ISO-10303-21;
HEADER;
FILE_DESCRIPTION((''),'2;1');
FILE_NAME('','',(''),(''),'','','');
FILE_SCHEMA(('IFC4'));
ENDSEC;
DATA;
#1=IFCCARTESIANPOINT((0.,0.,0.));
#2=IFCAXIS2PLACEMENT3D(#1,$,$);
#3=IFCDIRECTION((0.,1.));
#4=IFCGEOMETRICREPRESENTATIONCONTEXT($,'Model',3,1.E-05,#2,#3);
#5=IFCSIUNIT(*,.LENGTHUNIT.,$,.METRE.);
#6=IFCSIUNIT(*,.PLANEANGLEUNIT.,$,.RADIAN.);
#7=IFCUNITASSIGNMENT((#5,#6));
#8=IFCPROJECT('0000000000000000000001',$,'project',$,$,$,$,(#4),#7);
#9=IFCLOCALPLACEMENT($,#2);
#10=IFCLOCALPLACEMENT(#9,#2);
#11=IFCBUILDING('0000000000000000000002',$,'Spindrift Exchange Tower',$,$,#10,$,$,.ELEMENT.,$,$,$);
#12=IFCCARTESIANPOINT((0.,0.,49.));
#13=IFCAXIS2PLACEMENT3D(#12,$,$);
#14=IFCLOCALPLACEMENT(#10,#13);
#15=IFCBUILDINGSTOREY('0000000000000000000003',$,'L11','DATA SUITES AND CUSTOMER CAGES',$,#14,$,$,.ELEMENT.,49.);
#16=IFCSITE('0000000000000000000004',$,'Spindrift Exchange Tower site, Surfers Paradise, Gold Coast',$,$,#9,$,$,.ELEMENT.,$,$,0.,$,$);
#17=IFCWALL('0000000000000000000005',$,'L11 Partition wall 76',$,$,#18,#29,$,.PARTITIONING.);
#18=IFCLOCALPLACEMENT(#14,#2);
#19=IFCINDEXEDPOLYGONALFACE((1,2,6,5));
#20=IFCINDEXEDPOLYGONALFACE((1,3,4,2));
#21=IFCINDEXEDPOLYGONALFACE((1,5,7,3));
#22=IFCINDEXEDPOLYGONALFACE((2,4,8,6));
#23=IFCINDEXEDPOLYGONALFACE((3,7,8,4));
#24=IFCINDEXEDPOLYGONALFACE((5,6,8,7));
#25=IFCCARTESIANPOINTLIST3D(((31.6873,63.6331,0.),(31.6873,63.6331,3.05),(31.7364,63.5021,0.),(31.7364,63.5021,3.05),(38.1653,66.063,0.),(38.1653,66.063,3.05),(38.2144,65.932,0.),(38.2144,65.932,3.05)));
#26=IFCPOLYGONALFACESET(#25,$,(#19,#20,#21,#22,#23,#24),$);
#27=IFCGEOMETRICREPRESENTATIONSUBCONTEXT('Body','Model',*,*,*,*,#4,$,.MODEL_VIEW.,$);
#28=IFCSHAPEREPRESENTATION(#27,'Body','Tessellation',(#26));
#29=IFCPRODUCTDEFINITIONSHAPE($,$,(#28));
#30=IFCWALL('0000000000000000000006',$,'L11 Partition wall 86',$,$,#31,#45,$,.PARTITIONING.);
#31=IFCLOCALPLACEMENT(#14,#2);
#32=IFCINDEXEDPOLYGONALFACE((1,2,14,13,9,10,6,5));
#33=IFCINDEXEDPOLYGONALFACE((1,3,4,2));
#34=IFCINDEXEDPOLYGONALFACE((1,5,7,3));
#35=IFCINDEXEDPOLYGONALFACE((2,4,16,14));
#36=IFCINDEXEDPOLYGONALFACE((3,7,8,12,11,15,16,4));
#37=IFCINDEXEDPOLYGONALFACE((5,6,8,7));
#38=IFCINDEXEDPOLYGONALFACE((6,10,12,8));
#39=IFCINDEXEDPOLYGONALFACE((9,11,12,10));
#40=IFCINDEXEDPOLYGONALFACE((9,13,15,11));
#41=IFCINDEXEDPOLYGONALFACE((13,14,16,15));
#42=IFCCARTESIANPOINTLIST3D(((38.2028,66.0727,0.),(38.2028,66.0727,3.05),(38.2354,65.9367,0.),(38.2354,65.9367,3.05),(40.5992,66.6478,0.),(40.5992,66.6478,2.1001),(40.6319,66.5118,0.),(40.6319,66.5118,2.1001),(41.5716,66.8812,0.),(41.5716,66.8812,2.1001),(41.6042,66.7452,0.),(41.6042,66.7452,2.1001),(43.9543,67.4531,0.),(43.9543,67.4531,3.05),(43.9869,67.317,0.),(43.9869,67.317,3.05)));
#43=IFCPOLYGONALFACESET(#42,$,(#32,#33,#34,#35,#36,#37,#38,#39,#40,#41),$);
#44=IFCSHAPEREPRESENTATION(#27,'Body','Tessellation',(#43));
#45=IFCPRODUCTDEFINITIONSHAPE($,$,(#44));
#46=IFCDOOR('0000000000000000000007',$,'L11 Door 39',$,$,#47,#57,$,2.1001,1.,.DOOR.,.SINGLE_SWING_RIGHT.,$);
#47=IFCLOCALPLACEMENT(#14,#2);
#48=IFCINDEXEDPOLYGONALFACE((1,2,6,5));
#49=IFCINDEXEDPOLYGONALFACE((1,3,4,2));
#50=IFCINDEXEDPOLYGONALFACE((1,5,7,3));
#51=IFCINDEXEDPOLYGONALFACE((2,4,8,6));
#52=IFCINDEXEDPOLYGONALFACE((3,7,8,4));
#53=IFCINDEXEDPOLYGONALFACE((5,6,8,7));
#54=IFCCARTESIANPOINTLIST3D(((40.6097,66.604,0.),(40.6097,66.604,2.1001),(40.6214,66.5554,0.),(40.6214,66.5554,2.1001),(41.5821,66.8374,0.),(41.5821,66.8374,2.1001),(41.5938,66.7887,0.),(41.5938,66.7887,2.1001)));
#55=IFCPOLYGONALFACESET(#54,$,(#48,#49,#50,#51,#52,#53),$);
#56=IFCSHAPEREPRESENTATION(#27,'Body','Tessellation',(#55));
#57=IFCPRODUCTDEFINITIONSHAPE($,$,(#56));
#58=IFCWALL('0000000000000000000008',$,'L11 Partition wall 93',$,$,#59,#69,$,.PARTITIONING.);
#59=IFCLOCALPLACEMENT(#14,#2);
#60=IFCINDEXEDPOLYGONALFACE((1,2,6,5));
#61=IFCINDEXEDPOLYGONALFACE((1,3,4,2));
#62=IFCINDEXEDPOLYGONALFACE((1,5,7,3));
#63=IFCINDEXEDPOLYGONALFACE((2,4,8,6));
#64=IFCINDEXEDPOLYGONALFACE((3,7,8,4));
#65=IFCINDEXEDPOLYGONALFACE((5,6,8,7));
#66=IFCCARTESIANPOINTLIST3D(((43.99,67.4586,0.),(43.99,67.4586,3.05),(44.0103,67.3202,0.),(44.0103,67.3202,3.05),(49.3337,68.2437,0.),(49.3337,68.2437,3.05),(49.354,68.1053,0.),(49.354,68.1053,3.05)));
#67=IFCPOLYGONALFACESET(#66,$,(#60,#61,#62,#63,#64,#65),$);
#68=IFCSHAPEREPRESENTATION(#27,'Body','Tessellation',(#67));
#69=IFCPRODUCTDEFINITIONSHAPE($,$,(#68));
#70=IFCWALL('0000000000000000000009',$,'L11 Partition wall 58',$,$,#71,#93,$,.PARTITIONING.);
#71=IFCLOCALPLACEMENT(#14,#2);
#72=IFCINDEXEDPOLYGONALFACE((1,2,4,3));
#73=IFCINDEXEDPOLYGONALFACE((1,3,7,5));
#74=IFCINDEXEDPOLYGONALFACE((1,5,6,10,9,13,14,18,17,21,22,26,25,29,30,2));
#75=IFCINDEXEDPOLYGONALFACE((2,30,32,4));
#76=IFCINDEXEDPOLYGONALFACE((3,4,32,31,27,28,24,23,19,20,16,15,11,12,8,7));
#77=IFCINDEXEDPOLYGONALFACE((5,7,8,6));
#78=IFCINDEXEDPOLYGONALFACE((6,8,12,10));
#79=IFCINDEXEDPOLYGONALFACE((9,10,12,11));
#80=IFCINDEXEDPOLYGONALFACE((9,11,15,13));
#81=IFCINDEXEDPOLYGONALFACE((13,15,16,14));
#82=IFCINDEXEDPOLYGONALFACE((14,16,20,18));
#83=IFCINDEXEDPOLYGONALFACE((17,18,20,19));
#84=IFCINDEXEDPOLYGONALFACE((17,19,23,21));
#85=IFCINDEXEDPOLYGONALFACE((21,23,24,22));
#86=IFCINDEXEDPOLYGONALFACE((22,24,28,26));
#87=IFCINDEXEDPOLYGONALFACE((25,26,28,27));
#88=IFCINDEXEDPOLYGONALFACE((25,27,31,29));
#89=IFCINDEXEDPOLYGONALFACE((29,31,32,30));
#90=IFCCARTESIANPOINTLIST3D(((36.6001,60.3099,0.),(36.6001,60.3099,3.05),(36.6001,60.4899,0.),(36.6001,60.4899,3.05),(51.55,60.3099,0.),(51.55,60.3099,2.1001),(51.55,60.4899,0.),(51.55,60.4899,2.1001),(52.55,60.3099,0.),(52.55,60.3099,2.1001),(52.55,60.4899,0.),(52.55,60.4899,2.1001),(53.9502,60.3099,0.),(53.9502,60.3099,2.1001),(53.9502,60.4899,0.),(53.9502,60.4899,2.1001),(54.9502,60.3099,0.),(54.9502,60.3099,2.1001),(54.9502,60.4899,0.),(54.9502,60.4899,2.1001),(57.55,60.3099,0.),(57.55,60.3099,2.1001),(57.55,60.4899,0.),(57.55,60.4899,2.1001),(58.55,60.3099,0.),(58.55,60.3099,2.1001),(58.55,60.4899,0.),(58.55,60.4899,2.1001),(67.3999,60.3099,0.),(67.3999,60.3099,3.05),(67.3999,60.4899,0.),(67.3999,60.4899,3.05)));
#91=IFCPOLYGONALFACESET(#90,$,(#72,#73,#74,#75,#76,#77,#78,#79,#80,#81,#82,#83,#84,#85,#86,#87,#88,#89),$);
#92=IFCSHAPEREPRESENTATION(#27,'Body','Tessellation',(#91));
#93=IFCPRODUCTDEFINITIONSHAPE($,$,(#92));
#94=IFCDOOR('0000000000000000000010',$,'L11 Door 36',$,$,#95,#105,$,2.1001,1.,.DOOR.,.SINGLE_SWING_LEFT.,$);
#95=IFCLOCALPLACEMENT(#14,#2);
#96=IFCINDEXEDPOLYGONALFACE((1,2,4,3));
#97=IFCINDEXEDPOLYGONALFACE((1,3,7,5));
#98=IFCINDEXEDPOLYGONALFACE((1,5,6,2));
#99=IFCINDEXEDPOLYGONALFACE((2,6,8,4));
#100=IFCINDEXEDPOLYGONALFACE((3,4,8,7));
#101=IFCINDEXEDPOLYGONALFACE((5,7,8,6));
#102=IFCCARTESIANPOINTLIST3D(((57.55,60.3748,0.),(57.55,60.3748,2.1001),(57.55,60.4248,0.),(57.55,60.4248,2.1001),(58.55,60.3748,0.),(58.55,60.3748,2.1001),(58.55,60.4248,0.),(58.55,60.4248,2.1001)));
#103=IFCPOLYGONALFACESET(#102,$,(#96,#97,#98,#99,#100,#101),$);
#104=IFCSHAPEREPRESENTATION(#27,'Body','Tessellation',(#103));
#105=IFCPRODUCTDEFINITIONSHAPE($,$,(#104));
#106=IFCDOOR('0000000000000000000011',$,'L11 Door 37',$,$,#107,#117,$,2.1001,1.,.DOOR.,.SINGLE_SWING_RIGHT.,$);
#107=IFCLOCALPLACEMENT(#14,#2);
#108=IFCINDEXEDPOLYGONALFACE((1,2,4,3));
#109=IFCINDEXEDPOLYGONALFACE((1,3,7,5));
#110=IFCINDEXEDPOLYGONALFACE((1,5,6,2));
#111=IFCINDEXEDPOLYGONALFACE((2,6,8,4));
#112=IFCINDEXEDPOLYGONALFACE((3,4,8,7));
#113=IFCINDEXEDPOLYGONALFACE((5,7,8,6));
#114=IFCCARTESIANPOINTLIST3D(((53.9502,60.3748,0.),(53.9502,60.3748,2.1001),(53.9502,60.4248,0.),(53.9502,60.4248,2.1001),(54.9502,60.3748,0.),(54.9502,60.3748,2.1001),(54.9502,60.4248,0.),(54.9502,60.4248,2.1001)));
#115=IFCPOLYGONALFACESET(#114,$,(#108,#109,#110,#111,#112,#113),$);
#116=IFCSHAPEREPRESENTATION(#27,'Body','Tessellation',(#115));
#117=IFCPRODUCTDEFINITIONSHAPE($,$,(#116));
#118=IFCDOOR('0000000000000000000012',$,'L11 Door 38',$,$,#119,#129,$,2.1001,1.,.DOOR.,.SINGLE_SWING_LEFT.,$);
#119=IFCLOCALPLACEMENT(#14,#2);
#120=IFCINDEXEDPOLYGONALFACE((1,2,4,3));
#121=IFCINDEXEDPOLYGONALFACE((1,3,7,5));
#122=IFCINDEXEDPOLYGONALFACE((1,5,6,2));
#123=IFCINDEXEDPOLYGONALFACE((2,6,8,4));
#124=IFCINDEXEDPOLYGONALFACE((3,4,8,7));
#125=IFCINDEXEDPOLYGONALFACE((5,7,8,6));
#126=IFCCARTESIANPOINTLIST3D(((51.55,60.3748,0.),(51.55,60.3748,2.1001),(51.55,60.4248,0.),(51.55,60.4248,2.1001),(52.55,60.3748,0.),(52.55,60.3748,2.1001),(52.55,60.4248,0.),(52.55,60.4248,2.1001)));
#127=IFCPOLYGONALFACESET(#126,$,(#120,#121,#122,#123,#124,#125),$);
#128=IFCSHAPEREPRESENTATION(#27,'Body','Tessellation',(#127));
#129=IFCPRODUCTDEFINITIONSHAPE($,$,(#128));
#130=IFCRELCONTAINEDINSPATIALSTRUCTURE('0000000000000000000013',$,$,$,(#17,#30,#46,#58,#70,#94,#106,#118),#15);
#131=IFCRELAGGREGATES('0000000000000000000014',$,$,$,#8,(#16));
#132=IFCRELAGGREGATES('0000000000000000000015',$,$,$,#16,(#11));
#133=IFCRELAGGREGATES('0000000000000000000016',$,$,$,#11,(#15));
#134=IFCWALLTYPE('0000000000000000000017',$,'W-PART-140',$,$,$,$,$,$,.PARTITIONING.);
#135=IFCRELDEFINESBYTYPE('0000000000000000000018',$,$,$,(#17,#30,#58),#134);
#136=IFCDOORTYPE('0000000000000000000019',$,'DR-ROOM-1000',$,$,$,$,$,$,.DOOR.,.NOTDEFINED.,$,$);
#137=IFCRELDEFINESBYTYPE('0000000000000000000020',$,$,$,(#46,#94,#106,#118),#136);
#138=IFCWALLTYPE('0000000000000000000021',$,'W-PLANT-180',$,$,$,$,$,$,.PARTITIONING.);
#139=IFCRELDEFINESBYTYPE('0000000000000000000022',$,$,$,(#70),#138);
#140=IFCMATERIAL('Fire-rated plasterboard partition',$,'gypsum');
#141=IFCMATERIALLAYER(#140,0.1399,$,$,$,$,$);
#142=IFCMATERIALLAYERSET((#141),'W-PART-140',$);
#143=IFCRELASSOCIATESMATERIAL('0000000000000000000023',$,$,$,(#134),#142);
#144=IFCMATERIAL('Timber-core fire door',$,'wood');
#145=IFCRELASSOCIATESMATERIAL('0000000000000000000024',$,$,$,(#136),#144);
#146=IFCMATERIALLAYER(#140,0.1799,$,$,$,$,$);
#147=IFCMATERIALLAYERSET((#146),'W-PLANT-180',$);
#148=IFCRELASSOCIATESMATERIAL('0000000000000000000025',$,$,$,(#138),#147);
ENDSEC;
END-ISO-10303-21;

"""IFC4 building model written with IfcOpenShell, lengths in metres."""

from ifc_helpers import new_model, si_unit, direction, frame, frame_2d, origin, place, context, subcontext, project, spatial, rectangle, extrude, source, transform, mapped, material, layer, layer_set, type_object, element, fill, save


model = new_model("IFC4")

# Units and contexts
model_context = context("Model", 3, precision=1e-05, world=origin(), true_north=direction((0.0, 1.0)))
body_context = subcontext(model_context, "Body", "Model", "MODEL_VIEW")
ifc_project = project(units=[si_unit("LENGTHUNIT", "METRE"), si_unit("PLANEANGLEUNIT", "RADIAN")], contexts=[model_context])

# Site, building, storey
site_placement = place(None, origin())
site = spatial("IfcSite", under=ifc_project, at=site_placement, Name="Spindrift Exchange Tower site, Surfers Paradise, Gold Coast", CompositionType="ELEMENT", RefElevation=0.0)
building_placement = place(site_placement, origin())
building = spatial("IfcBuilding", under=site, at=building_placement, Name="Spindrift Exchange Tower", CompositionType="ELEMENT")
storey_placement = place(building_placement, frame((0.0, 0.0, 49.0)))
storey = spatial("IfcBuildingStorey", under=building, at=storey_placement, Name="L11", Description="DATA SUITES AND CUSTOMER CAGES", CompositionType="ELEMENT", Elevation=49.0)

# Shared definitions
ifc_material_1 = material(Name="Timber-core fire door", Category="wood")

# Wall
ifc_material_2 = material(Name="Fire-rated plasterboard partition", Category="gypsum")
ifc_layer_1 = layer(ifc_material_2, 0.1399)
ifc_layer_set_1 = layer_set([ifc_layer_1], Name="W-PART-140")
wall_type_1 = type_object("IfcWallType", Name="W-PART-140", PredefinedType="PARTITIONING", material=ifc_layer_set_1)
wall_1_placement = place(storey_placement, frame((38.1899, 65.9976, 0.0), z_axis=(0.0, 0.0, 1.0), x_axis=(-0.936297, -0.351209, 0.0)))
element("IfcWall", 1, at=wall_1_placement, inside=storey, type_object=wall_type_1, Name="L11 Partition wall 76", PredefinedType="PARTITIONING", context=body_context, shape_type="SweptSolid", body=[
    extrude(rectangle(XDim=6.9187, YDim=0.1399, at=frame_2d((3.4595, 0.0))), origin(), (0.0, 0.0, 1.0), 3.05),
])

# Wall, opening, door
wall_2_placement = place(storey_placement, frame((38.219, 66.0046, 0.0), z_axis=(0.0, 0.0, 1.0), x_axis=(0.972387, 0.233376, 0.0)))
wall_2 = element("IfcWall", 2, at=wall_2_placement, inside=storey, type_object=wall_type_1, Name="L11 Partition wall 86", PredefinedType="PARTITIONING", context=body_context, shape_type="SweptSolid", body=[
    extrude(rectangle(XDim=5.9148, YDim=0.1399, at=frame_2d((2.9575, 0.0))), origin(), (0.0, 0.0, 1.0), 3.05),
])
opening_1_placement = place(wall_2_placement, frame((2.4646, 0.0, 0.0)))
opening_1 = element("IfcOpeningElement", 3, at=opening_1_placement, cuts=wall_2, PredefinedType="OPENING", context=body_context, shape_type="SweptSolid", body=[
    extrude(rectangle(XDim=1.0, YDim=2.1001, at=frame_2d((0.5, 1.05))), frame((0.0, 0.0798, 0.0), z_axis=(0.0, -1.0, 0.0), x_axis=(1.0, 0.0, 0.0)), (0.0, 0.0, 1.0), 0.1599),
])
door_type_1 = type_object("IfcDoorType", Name="DR-ROOM-1000", OperationType="NOTDEFINED", PredefinedType="DOOR", material=ifc_material_1)
shared_shape_1 = source(origin(), body_context, "Body", "SweptSolid", [
    extrude(rectangle(XDim=1.0, YDim=2.1001, at=frame_2d((0.5, 1.05))), frame((0.0, 0.0249, 0.0), z_axis=(0.0, -1.0, 0.0), x_axis=(1.0, 0.0, 0.0)), (0.0, 0.0, 1.0), 0.05),
])
door_1_placement = place(opening_1_placement, origin())
door_1 = element("IfcDoor", 4, at=door_1_placement, inside=storey, type_object=door_type_1, Name="L11 Door 39", OperationType="SINGLE_SWING_RIGHT", OverallHeight=2.1001, OverallWidth=1.0, PredefinedType="DOOR", context=body_context, shape_type="MappedRepresentation", body=[
    mapped(shared_shape_1, transform((0.0, 0.0, 0.0), scale=1.0)),
])
fill(opening_1, door_1)

# Wall
wall_3_placement = place(storey_placement, frame((49.344, 68.1746, 0.0), z_axis=(0.0, 0.0, 1.0), x_axis=(-0.989377, -0.145369, 0.0)))
element("IfcWall", 5, at=wall_3_placement, inside=storey, type_object=wall_type_1, Name="L11 Partition wall 93", PredefinedType="PARTITIONING", context=body_context, shape_type="SweptSolid", body=[
    extrude(rectangle(XDim=5.4011, YDim=0.1399, at=frame_2d((2.7007, 0.0))), origin(), (0.0, 0.0, 1.0), 3.05),
])

# Wall, openings, doors
ifc_layer_2 = layer(ifc_material_2, 0.1799)
ifc_layer_set_2 = layer_set([ifc_layer_2], Name="W-PLANT-180")
wall_type_2 = type_object("IfcWallType", Name="W-PLANT-180", PredefinedType="PARTITIONING", material=ifc_layer_set_2)
wall_4_placement = place(storey_placement, frame((36.6001, 60.3999, 0.0), z_axis=(0.0, 0.0, 1.0), x_axis=(1.0, 0.0, 0.0)))
wall_4 = element("IfcWall", 6, at=wall_4_placement, inside=storey, type_object=wall_type_2, Name="L11 Partition wall 58", PredefinedType="PARTITIONING", context=body_context, shape_type="SweptSolid", body=[
    extrude(rectangle(XDim=30.7998, YDim=0.1799, at=frame_2d((15.3999, 0.0))), origin(), (0.0, 0.0, 1.0), 3.05),
])
opening_2_placement = place(wall_4_placement, frame((20.95, 0.0, 0.0)))
opening_2 = element("IfcOpeningElement", 7, at=opening_2_placement, cuts=wall_4, PredefinedType="OPENING", context=body_context, shape_type="SweptSolid", body=[
    extrude(rectangle(XDim=1.0, YDim=2.1001, at=frame_2d((0.5, 1.05))), frame((0.0, 0.0999, 0.0), z_axis=(0.0, -1.0, 0.0), x_axis=(1.0, 0.0, 0.0)), (0.0, 0.0, 1.0), 0.2),
])
opening_3_placement = place(wall_4_placement, frame((17.3501, 0.0, 0.0)))
opening_3 = element("IfcOpeningElement", 8, at=opening_3_placement, cuts=wall_4, PredefinedType="OPENING", context=body_context, shape_type="SweptSolid", body=[
    extrude(rectangle(XDim=1.0, YDim=2.1001, at=frame_2d((0.5, 1.05))), frame((0.0, 0.0999, 0.0), z_axis=(0.0, -1.0, 0.0), x_axis=(1.0, 0.0, 0.0)), (0.0, 0.0, 1.0), 0.2),
])
opening_4_placement = place(wall_4_placement, frame((14.95, 0.0, 0.0)))
opening_4 = element("IfcOpeningElement", 9, at=opening_4_placement, cuts=wall_4, PredefinedType="OPENING", context=body_context, shape_type="SweptSolid", body=[
    extrude(rectangle(XDim=1.0, YDim=2.1001, at=frame_2d((0.5, 1.05))), frame((0.0, 0.0999, 0.0), z_axis=(0.0, -1.0, 0.0), x_axis=(1.0, 0.0, 0.0)), (0.0, 0.0, 1.0), 0.2),
])
door_2_placement = place(opening_2_placement, origin())
door_2 = element("IfcDoor", 10, at=door_2_placement, inside=storey, type_object=door_type_1, Name="L11 Door 36", OperationType="SINGLE_SWING_LEFT", OverallHeight=2.1001, OverallWidth=1.0, PredefinedType="DOOR", context=body_context, shape_type="MappedRepresentation", body=[
    mapped(shared_shape_1, transform((0.0, 0.0, 0.0), scale=1.0)),
])
fill(opening_2, door_2)
door_3_placement = place(opening_3_placement, origin())
door_3 = element("IfcDoor", 11, at=door_3_placement, inside=storey, type_object=door_type_1, Name="L11 Door 37", OperationType="SINGLE_SWING_RIGHT", OverallHeight=2.1001, OverallWidth=1.0, PredefinedType="DOOR", context=body_context, shape_type="MappedRepresentation", body=[
    mapped(shared_shape_1, transform((0.0, 0.0, 0.0), scale=1.0)),
])
fill(opening_3, door_3)
door_4_placement = place(opening_4_placement, origin())
door_4 = element("IfcDoor", 12, at=door_4_placement, inside=storey, type_object=door_type_1, Name="L11 Door 38", OperationType="SINGLE_SWING_LEFT", OverallHeight=2.1001, OverallWidth=1.0, PredefinedType="DOOR", context=body_context, shape_type="MappedRepresentation", body=[
    mapped(shared_shape_1, transform((0.0, 0.0, 0.0), scale=1.0)),
])
fill(opening_4, door_4)

save(model, "model.ifc")
